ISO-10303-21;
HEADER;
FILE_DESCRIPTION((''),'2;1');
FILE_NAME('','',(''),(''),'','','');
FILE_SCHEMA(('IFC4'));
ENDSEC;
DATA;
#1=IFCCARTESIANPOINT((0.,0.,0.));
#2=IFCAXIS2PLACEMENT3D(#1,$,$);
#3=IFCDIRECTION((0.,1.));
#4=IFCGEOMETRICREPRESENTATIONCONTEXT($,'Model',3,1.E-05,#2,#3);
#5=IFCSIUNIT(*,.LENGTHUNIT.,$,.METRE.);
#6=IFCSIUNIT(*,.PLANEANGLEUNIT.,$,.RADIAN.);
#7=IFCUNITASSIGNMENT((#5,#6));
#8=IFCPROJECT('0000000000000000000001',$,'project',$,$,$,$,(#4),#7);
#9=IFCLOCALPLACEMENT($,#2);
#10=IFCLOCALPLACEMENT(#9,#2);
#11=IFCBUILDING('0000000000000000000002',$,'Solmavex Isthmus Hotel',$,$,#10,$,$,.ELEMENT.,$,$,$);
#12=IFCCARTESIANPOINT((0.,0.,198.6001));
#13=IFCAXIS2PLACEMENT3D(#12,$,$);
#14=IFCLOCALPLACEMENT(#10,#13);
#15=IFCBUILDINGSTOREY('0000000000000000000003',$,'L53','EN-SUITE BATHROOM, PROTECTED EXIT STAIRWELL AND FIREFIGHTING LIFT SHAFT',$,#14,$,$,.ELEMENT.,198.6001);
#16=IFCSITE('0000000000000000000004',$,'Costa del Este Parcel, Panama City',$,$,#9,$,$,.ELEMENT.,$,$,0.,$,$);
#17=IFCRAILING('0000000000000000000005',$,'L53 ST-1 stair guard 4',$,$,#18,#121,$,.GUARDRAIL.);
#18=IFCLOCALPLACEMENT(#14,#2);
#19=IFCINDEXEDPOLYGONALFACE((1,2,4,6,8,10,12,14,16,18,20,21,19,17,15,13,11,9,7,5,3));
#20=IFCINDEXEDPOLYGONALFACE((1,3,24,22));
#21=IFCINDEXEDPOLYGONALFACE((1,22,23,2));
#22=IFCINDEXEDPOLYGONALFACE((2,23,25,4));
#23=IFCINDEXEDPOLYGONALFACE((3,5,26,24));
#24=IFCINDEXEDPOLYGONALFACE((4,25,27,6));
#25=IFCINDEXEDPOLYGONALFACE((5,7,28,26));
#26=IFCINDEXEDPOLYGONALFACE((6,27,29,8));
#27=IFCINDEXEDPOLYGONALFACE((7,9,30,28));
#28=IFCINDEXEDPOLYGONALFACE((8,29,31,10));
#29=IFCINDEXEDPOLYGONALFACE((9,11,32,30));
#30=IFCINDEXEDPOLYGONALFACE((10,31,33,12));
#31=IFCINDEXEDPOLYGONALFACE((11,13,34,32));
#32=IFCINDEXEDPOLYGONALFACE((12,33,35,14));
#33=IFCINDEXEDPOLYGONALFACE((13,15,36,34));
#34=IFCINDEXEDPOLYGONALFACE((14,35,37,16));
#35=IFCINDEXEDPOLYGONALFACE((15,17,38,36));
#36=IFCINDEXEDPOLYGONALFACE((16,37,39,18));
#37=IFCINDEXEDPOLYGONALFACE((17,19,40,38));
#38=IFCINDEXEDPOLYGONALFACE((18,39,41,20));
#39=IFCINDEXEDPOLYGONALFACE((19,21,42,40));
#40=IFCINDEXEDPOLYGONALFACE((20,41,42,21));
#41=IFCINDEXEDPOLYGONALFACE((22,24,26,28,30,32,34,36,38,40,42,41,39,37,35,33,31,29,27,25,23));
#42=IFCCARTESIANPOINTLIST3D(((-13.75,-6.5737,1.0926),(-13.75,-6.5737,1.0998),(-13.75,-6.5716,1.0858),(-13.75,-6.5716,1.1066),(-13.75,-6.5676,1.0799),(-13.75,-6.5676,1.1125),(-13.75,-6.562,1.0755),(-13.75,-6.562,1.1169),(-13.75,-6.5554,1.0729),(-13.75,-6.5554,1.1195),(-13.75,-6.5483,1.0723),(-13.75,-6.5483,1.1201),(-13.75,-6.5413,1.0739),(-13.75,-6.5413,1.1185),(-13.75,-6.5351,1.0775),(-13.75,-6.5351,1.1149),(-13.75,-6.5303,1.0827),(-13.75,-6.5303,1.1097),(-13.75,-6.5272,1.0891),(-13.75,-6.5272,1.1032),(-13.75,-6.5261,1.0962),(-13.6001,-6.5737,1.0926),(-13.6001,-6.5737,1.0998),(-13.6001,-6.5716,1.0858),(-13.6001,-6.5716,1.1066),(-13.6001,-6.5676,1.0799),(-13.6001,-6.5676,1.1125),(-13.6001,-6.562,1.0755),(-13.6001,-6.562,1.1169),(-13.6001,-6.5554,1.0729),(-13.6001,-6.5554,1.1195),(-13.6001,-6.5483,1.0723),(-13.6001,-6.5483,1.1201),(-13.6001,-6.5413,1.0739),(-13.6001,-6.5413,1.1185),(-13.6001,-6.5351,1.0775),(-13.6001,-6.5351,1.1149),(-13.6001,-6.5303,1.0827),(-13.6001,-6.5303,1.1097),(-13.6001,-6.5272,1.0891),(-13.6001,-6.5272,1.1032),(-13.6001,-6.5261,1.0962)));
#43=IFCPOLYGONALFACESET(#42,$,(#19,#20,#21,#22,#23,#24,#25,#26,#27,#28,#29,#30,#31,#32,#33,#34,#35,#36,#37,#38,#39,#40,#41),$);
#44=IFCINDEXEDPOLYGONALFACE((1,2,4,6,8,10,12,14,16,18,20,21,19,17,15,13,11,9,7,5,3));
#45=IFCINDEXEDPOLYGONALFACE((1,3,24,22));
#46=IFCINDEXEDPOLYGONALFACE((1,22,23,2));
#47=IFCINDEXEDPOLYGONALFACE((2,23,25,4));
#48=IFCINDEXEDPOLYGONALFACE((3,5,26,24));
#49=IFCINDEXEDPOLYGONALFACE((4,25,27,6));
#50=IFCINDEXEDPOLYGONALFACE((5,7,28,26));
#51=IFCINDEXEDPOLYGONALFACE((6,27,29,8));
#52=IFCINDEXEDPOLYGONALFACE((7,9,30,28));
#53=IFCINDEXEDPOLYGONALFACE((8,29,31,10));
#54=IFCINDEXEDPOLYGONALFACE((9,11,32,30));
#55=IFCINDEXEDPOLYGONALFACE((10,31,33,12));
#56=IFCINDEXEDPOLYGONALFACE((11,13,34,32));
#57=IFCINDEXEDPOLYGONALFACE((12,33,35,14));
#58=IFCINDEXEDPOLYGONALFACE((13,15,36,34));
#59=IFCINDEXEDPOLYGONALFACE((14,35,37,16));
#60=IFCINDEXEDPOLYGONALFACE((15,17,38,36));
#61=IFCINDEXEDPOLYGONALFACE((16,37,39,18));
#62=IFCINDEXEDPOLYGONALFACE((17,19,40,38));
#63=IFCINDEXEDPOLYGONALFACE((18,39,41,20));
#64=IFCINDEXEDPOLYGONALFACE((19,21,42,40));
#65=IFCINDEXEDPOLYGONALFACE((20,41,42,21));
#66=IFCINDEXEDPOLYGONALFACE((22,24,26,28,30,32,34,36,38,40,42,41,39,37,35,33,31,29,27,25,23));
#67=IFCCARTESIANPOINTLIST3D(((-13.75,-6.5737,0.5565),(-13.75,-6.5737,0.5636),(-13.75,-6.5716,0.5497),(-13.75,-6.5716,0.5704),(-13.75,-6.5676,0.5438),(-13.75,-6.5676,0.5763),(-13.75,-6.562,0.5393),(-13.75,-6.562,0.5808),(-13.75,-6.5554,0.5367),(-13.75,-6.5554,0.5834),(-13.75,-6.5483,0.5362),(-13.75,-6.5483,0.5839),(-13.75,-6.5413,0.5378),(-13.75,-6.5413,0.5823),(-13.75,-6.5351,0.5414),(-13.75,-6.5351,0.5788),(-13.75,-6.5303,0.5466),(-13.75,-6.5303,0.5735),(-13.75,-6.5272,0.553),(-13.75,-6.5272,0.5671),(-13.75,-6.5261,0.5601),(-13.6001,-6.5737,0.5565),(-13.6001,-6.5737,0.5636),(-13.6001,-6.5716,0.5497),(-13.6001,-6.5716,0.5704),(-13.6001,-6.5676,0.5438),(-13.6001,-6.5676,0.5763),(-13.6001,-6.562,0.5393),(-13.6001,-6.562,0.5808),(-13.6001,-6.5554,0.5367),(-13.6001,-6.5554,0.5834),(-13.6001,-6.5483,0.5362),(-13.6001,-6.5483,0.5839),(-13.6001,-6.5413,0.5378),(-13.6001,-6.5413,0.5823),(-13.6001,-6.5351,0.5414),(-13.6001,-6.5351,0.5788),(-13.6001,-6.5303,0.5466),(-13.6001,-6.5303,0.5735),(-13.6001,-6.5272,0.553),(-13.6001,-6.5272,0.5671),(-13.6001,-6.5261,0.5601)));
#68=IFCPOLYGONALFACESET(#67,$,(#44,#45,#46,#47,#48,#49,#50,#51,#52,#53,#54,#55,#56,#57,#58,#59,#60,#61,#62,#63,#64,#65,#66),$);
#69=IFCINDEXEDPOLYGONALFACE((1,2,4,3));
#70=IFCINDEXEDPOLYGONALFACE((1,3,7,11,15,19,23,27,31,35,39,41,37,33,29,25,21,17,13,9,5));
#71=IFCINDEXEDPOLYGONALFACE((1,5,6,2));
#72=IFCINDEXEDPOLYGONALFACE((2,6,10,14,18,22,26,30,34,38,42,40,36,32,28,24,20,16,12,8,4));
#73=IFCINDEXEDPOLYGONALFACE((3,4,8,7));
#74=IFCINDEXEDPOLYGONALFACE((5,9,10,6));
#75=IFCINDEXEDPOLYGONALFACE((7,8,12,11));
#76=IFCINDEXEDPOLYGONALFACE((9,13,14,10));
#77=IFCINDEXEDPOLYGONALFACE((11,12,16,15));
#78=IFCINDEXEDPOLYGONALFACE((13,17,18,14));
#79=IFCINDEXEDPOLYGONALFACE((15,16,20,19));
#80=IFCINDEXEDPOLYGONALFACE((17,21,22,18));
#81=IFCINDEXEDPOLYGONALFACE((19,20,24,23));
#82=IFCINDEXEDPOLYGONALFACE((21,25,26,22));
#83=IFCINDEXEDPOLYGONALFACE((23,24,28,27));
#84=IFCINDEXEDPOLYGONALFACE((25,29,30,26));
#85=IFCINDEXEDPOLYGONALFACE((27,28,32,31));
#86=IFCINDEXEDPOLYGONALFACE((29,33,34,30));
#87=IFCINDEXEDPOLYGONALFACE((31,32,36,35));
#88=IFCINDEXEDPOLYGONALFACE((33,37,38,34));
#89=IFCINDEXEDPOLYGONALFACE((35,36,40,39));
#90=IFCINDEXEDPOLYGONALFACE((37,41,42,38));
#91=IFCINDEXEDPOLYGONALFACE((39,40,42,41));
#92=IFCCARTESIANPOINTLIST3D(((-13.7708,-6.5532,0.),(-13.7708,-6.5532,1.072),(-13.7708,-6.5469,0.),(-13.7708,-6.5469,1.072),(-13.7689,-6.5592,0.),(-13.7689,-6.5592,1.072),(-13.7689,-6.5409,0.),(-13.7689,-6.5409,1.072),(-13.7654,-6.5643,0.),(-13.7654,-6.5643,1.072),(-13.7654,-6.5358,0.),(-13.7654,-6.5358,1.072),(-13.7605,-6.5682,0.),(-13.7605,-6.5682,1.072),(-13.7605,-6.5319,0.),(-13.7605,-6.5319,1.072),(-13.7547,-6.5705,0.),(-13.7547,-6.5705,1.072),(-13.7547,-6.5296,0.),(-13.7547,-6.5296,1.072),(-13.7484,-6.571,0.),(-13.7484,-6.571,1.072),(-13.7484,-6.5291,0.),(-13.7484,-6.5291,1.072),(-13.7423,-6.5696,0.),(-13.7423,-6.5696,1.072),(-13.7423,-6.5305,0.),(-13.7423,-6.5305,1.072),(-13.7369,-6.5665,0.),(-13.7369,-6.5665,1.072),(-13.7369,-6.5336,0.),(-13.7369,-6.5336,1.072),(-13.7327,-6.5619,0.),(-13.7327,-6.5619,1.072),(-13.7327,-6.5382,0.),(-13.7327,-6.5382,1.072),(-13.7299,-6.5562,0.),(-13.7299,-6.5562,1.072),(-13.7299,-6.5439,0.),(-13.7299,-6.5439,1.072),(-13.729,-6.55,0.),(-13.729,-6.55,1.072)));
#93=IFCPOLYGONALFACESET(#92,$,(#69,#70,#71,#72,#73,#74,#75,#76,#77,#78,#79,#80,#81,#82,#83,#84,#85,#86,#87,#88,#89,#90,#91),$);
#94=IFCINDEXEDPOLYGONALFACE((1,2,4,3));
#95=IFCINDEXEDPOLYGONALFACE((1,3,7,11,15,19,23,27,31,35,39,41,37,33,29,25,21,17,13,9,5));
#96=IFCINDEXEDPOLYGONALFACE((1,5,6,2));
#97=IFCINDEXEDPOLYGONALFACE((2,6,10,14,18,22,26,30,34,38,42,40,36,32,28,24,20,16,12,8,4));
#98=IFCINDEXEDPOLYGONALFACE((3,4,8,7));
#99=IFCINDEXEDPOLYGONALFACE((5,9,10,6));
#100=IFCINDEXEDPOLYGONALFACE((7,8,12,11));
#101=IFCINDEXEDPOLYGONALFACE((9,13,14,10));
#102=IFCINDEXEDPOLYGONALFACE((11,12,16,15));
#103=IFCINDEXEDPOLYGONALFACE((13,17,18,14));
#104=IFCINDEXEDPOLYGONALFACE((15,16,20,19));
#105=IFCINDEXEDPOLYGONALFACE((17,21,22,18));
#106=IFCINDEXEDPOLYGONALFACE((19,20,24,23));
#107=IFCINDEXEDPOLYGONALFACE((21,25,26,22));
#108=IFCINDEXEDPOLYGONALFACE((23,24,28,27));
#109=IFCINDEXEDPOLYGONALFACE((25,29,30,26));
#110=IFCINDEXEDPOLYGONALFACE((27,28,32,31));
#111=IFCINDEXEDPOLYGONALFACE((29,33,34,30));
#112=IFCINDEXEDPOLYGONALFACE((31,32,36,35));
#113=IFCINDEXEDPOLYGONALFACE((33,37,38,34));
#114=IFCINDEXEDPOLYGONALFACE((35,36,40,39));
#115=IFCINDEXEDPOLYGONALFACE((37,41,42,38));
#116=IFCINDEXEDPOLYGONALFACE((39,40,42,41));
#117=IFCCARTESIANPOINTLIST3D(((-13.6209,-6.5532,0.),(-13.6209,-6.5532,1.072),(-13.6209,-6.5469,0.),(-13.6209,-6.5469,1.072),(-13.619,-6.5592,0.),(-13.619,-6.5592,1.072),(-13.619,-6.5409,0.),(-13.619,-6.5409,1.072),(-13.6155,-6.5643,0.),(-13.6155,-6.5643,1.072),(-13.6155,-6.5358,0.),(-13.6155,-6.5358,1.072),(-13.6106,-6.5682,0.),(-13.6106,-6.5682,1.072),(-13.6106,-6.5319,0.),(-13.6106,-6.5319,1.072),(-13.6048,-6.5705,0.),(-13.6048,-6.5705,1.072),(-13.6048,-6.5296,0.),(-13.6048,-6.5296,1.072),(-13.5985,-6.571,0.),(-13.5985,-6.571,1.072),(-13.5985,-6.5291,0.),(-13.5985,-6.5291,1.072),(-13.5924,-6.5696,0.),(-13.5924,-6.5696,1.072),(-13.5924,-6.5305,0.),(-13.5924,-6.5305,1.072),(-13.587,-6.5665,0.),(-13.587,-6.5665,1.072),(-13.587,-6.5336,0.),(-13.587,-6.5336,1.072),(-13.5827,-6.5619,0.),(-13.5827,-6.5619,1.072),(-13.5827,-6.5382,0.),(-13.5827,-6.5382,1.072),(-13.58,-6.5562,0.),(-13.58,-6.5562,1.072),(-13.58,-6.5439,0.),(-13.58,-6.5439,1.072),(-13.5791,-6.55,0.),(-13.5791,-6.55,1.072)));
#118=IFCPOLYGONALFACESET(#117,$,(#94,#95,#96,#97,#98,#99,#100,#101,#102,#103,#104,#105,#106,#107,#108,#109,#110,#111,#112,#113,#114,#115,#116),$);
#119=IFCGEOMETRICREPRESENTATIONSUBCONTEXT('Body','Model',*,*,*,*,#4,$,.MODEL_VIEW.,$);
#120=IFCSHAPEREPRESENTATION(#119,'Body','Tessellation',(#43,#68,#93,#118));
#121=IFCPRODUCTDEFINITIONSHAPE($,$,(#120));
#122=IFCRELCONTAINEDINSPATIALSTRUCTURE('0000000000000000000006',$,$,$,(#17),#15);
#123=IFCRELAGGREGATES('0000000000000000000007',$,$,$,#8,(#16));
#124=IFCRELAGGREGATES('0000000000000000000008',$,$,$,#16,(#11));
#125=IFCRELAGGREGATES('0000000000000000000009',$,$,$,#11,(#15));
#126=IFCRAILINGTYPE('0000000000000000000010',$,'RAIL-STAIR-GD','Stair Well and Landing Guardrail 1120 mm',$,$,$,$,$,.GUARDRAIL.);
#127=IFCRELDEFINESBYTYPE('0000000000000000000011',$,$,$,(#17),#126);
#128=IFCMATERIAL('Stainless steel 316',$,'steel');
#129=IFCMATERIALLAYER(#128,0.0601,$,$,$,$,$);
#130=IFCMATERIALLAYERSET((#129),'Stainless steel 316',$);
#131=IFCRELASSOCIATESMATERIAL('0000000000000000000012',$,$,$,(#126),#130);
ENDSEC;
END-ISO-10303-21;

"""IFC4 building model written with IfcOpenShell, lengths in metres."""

from ifc_helpers import new_model, si_unit, direction, frame, origin, origin_2d, place, context, subcontext, project, spatial, circle, extrude, material, layer, layer_set, type_object, element, save


model = new_model("IFC4")

# Units and contexts
model_context = context("Model", 3, precision=1e-05, world=origin(), true_north=direction((0.0, 1.0)))
body_context = subcontext(model_context, "Body", "Model", "MODEL_VIEW")
ifc_project = project(units=[si_unit("LENGTHUNIT", "METRE"), si_unit("PLANEANGLEUNIT", "RADIAN")], contexts=[model_context])

# Site, building, storey
site_placement = place(None, origin())
site = spatial("IfcSite", under=ifc_project, at=site_placement, Name="Costa del Este Parcel, Panama City", CompositionType="ELEMENT", RefElevation=0.0)
building_placement = place(site_placement, origin())
building = spatial("IfcBuilding", under=site, at=building_placement, Name="Solmavex Isthmus Hotel", CompositionType="ELEMENT")
storey_placement = place(building_placement, frame((0.0, 0.0, 198.6001)))
storey = spatial("IfcBuildingStorey", under=building, at=storey_placement, Name="L53", Description="EN-SUITE BATHROOM, PROTECTED EXIT STAIRWELL AND FIREFIGHTING LIFT SHAFT", CompositionType="ELEMENT", Elevation=198.6001)

# Railing
ifc_material_1 = material(Name="Stainless steel 316", Category="steel")
ifc_layer_1 = layer(ifc_material_1, 0.0601)
ifc_layer_set_1 = layer_set([ifc_layer_1], Name="Stainless steel 316")
railing_type_1 = type_object("IfcRailingType", Name="RAIL-STAIR-GD", Description="Stair Well and Landing Guardrail 1120 mm", PredefinedType="GUARDRAIL", material=ifc_layer_set_1)
railing_1_placement = place(storey_placement, frame((-13.75, -6.55, 0.0)))
element("IfcRailing", 1, at=railing_1_placement, inside=storey, type_object=railing_type_1, Name="L53 ST-1 stair guard 4", PredefinedType="GUARDRAIL", context=body_context, shape_type="SweptSolid", body=[
    extrude(circle(Radius=0.0239, at=origin_2d()), frame((0.0, 0.0, 1.0962), z_axis=(1.0, 0.0, 0.0), x_axis=(0.0, 1.0, 0.0)), (0.0, 0.0, 1.0), 0.1499),
    extrude(circle(Radius=0.0239, at=origin_2d()), frame((0.0, 0.0, 0.5601), z_axis=(1.0, 0.0, 0.0), x_axis=(0.0, 1.0, 0.0)), (0.0, 0.0, 1.0), 0.1499),
    extrude(circle(Radius=0.021, at=origin_2d()), origin(), (0.0, 0.0, 1.0), 1.072),
    extrude(circle(Radius=0.021, at=origin_2d()), frame((0.1499, 0.0, 0.0)), (0.0, 0.0, 1.0), 1.072),
])

save(model, "model.ifc")
